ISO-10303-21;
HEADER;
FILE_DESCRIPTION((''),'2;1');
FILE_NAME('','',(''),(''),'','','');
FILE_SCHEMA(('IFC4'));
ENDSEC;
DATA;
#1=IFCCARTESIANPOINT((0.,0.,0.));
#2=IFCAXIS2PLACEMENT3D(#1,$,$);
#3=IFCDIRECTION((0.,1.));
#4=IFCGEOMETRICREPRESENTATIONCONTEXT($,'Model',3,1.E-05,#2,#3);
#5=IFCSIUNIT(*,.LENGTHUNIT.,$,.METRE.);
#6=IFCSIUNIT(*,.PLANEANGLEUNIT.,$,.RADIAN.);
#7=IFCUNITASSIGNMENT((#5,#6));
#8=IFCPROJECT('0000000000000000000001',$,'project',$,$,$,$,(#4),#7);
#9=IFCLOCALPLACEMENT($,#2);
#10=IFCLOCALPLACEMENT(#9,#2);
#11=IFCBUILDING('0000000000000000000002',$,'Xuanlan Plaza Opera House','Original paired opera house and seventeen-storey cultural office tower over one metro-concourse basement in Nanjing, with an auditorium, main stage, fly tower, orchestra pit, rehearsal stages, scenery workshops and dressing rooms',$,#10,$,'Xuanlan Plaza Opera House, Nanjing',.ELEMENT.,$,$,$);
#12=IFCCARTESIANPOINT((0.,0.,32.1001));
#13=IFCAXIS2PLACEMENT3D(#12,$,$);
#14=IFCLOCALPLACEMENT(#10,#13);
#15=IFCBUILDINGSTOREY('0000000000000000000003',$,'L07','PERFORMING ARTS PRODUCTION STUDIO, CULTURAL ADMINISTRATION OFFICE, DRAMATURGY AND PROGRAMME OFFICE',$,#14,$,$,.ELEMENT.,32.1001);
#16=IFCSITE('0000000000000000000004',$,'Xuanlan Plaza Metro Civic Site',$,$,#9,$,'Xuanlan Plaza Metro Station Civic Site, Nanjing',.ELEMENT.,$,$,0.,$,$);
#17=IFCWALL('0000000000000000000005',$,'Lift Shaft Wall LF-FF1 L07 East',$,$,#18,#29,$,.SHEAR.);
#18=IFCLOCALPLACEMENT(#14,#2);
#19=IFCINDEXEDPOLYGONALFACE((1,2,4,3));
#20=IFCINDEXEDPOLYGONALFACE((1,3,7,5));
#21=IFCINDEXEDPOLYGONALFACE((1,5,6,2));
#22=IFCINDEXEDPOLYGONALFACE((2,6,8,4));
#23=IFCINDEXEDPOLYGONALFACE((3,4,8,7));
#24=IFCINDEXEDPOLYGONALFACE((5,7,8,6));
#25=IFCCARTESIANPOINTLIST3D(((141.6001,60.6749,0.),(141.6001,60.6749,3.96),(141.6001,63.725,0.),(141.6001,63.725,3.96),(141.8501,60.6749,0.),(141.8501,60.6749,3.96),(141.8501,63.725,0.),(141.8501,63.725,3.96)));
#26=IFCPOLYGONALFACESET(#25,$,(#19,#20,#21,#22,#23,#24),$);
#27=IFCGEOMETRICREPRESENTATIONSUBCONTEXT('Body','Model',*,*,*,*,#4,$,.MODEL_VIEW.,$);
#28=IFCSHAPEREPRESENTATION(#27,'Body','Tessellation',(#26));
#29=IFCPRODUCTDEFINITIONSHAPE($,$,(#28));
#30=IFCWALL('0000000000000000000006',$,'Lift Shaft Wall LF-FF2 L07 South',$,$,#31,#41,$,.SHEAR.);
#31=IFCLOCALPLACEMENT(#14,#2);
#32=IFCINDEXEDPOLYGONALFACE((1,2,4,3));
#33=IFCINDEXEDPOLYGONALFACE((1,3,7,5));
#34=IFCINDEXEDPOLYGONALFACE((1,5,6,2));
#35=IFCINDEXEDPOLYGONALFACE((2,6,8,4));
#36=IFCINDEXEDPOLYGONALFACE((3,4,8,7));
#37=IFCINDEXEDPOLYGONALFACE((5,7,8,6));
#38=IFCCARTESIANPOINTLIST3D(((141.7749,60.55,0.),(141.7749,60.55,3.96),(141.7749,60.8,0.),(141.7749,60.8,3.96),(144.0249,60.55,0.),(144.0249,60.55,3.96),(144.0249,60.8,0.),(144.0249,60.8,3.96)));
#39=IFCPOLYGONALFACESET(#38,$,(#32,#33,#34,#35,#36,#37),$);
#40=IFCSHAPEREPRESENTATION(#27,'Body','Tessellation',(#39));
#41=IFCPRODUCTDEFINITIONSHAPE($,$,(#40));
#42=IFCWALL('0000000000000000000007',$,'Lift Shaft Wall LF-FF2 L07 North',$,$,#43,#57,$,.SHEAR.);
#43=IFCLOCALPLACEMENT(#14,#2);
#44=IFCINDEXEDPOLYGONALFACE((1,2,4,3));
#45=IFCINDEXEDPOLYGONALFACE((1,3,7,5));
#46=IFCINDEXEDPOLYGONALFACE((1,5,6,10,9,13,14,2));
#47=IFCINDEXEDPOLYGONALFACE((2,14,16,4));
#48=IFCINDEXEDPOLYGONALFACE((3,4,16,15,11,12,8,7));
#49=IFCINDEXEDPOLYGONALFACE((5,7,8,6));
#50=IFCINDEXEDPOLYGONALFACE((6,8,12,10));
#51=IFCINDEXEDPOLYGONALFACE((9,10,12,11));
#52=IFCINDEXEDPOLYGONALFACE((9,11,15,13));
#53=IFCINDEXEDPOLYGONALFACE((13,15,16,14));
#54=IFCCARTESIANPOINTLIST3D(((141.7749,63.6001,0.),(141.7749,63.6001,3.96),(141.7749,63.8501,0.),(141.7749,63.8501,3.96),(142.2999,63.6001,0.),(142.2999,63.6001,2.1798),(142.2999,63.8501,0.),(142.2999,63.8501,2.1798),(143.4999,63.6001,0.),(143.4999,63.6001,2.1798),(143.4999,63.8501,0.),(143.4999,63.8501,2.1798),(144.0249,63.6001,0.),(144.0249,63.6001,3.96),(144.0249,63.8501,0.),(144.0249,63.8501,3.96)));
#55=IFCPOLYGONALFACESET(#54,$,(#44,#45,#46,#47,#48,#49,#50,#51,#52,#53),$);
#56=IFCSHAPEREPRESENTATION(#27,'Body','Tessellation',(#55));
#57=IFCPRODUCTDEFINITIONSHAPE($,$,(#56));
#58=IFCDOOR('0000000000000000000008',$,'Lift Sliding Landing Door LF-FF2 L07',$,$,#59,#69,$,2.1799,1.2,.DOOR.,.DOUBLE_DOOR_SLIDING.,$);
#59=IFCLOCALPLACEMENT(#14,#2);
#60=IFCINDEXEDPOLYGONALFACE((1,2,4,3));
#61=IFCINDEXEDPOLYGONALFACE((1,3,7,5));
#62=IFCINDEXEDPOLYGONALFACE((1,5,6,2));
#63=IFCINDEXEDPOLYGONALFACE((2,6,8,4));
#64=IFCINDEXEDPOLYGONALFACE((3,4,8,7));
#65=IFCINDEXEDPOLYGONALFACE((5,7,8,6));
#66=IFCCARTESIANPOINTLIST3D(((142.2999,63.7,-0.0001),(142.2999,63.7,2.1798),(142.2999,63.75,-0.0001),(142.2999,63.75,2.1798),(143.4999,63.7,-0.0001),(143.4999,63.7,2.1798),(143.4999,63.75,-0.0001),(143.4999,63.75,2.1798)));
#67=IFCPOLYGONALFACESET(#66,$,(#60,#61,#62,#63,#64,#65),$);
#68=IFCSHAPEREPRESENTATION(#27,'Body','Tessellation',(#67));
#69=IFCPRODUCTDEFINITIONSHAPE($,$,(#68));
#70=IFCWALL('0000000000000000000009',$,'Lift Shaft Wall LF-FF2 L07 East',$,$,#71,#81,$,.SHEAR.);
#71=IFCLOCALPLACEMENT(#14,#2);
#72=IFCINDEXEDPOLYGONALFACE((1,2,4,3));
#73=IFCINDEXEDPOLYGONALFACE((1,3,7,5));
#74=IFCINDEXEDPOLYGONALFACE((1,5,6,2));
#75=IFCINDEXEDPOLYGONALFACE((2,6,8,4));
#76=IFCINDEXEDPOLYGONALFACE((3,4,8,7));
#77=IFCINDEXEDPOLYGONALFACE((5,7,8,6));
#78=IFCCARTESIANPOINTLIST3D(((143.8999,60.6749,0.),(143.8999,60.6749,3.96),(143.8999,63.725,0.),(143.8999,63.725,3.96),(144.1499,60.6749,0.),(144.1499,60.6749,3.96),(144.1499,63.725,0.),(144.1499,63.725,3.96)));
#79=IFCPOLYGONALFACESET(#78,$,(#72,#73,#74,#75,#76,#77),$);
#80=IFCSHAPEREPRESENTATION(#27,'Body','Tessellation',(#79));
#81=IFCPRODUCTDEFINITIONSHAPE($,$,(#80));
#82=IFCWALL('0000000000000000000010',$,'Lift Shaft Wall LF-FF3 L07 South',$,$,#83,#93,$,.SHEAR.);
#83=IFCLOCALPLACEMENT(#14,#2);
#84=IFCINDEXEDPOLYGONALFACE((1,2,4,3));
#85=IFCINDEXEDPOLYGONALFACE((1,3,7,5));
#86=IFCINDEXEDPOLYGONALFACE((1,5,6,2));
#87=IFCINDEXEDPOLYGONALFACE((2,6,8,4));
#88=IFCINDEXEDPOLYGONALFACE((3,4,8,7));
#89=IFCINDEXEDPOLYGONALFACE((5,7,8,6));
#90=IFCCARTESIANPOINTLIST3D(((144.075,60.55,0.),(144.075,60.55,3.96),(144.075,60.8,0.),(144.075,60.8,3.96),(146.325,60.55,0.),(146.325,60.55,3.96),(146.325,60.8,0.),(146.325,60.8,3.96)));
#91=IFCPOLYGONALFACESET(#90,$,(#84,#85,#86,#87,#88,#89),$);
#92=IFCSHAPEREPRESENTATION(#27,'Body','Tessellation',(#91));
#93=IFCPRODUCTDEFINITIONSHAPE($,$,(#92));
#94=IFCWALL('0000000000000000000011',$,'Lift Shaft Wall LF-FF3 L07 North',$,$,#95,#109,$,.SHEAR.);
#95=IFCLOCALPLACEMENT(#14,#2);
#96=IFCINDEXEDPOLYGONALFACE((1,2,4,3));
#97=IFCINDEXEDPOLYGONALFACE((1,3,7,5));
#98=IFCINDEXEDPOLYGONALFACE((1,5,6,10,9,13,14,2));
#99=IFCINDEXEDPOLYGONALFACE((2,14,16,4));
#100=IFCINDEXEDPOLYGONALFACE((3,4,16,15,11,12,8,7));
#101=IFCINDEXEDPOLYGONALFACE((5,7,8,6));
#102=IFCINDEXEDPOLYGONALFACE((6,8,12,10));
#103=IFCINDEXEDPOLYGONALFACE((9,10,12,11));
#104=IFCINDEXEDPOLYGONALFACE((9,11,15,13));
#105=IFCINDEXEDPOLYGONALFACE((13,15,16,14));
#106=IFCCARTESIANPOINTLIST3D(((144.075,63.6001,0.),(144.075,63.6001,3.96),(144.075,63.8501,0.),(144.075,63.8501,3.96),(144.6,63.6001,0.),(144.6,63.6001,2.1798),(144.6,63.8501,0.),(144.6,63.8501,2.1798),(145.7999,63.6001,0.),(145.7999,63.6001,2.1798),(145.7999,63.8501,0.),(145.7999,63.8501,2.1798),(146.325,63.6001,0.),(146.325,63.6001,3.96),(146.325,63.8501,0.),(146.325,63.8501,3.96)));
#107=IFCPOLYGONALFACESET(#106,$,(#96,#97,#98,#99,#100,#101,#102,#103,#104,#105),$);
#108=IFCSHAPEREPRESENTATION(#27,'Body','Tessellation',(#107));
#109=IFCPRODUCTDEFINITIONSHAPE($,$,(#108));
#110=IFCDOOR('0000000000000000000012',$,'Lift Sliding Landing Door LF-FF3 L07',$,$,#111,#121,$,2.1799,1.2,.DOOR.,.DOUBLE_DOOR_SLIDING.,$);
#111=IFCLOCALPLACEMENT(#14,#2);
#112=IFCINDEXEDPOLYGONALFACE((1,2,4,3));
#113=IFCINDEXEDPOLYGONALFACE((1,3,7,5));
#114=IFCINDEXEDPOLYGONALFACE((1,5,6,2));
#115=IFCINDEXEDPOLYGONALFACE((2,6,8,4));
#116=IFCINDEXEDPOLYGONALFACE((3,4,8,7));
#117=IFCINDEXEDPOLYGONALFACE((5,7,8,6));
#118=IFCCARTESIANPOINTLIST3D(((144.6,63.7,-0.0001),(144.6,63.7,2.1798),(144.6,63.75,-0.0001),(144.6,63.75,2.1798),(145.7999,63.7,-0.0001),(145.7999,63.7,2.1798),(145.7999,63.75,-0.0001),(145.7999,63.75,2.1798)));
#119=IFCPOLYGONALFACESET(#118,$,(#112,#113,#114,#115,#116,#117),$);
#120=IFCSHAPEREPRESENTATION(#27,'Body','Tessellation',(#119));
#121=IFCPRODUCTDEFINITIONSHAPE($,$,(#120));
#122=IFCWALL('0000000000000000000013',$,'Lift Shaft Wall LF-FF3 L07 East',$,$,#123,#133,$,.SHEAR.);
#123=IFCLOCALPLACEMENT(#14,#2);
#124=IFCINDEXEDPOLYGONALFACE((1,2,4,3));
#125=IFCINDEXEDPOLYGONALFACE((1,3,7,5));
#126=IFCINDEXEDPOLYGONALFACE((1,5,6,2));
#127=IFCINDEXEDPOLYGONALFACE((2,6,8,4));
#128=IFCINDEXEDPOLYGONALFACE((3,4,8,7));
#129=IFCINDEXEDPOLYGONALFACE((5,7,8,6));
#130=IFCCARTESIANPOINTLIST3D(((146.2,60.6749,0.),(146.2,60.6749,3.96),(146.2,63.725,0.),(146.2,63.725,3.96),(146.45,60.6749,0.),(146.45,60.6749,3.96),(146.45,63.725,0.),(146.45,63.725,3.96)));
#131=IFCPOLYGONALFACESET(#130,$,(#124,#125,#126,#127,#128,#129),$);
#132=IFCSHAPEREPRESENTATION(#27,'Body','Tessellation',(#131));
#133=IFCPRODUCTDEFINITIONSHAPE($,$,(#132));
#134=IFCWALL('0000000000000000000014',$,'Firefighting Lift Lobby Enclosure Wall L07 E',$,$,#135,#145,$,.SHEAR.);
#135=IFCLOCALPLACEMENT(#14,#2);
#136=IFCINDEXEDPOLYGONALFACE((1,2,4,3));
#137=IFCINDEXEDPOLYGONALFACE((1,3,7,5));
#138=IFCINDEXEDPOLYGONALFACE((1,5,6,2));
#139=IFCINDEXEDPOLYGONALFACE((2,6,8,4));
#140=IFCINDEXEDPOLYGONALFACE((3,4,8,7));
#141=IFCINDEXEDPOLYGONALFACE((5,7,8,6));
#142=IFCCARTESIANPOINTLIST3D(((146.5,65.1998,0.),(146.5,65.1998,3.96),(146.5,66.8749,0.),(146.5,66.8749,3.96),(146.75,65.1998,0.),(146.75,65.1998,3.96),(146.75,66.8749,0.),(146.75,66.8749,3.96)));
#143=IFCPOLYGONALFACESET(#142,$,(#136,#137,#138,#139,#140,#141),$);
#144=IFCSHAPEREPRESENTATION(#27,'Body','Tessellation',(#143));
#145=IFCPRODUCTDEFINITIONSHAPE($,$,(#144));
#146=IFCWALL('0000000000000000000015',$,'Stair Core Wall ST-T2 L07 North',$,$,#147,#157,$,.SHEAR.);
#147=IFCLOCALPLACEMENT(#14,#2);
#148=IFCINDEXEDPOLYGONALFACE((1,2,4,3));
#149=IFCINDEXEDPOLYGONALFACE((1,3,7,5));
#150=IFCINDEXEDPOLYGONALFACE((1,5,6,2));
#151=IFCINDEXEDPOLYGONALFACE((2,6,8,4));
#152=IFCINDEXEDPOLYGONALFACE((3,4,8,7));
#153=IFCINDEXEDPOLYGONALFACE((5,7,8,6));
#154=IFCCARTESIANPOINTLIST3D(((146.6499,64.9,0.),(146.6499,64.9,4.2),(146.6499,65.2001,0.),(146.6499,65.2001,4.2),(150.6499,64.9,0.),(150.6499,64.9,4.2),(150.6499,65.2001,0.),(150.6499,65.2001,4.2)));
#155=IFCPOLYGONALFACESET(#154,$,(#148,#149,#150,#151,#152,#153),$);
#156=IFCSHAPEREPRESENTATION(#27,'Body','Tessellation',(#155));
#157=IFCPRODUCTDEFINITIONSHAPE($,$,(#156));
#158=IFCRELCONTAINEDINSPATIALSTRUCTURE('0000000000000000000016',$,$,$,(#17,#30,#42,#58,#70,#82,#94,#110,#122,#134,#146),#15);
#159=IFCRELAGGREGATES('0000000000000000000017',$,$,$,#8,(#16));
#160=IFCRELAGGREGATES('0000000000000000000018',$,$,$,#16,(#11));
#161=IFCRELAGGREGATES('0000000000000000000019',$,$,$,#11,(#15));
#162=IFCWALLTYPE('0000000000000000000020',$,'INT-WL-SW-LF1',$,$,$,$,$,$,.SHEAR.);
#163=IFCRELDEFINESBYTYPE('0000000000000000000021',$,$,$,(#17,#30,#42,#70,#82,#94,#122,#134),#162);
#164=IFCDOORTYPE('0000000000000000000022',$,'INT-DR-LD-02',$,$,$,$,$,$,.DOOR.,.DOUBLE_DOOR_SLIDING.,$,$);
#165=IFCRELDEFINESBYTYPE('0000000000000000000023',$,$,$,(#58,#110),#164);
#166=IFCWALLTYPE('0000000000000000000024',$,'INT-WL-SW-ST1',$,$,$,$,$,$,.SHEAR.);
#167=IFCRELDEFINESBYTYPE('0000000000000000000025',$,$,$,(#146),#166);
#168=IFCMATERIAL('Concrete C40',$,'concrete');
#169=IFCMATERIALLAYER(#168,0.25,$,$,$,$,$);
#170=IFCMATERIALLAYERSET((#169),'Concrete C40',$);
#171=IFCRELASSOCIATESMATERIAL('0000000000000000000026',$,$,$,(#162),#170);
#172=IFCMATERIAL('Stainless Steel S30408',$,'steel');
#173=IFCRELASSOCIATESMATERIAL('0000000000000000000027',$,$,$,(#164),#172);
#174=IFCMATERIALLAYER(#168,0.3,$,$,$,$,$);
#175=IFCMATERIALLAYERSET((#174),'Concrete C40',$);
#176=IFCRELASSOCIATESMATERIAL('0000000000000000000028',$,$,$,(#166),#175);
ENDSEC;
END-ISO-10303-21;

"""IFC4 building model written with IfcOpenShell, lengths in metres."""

from ifc_helpers import new_model, si_unit, direction, frame, frame_2d, origin, place, context, subcontext, project, spatial, rectangle, extrude, material, layer, layer_set, type_object, element, fill, save


model = new_model("IFC4")

# Units and contexts
model_context = context("Model", 3, precision=1e-05, world=origin(), true_north=direction((0.0, 1.0)))
body_context = subcontext(model_context, "Body", "Model", "MODEL_VIEW")
ifc_project = project(units=[si_unit("LENGTHUNIT", "METRE"), si_unit("PLANEANGLEUNIT", "RADIAN")], contexts=[model_context])

# Site, building, storey
site_placement = place(None, origin())
site = spatial("IfcSite", under=ifc_project, at=site_placement, Name="Xuanlan Plaza Metro Civic Site", LongName="Xuanlan Plaza Metro Station Civic Site, Nanjing", CompositionType="ELEMENT", RefElevation=0.0)
building_placement = place(site_placement, origin())
building = spatial("IfcBuilding", under=site, at=building_placement, Name="Xuanlan Plaza Opera House", Description="Original paired opera house and seventeen-storey cultural office tower over one metro-concourse basement in Nanjing, with an auditorium, main stage, fly tower, orchestra pit, rehearsal stages, scenery workshops and dressing rooms", LongName="Xuanlan Plaza Opera House, Nanjing", CompositionType="ELEMENT")
storey_placement = place(building_placement, frame((0.0, 0.0, 32.1001)))
storey = spatial("IfcBuildingStorey", under=building, at=storey_placement, Name="L07", Description="PERFORMING ARTS PRODUCTION STUDIO, CULTURAL ADMINISTRATION OFFICE, DRAMATURGY AND PROGRAMME OFFICE", CompositionType="ELEMENT", Elevation=32.1001)

# Shared definitions
ifc_material_1 = material(Name="Concrete C40", Category="concrete")

# Walls
ifc_layer_1 = layer(ifc_material_1, 0.25)
ifc_layer_set_1 = layer_set([ifc_layer_1], Name="Concrete C40")
wall_type_1 = type_object("IfcWallType", Name="INT-WL-SW-LF1", PredefinedType="SHEAR", material=ifc_layer_set_1)
wall_1_placement = place(storey_placement, frame((141.7251, 60.675, 0.0), z_axis=(0.0, 0.0, 1.0), x_axis=(0.0, 1.0, 0.0)))
element("IfcWall", 1, at=wall_1_placement, inside=storey, type_object=wall_type_1, Name="Lift Shaft Wall LF-FF1 L07 East", PredefinedType="SHEAR", context=body_context, shape_type="SweptSolid", body=[
    extrude(rectangle(XDim=3.05, YDim=0.25, at=frame_2d((1.5249, 0.0))), origin(), (0.0, 0.0, 1.0), 3.96),
])
wall_2_placement = place(storey_placement, frame((141.7749, 60.675, 0.0), z_axis=(0.0, 0.0, 1.0), x_axis=(1.0, 0.0, 0.0)))
element("IfcWall", 2, at=wall_2_placement, inside=storey, type_object=wall_type_1, Name="Lift Shaft Wall LF-FF2 L07 South", PredefinedType="SHEAR", context=body_context, shape_type="SweptSolid", body=[
    extrude(rectangle(XDim=2.25, YDim=0.25, at=frame_2d((1.125, 0.0))), origin(), (0.0, 0.0, 1.0), 3.96),
])

# Wall, opening, door
wall_3_placement = place(storey_placement, frame((141.7749, 63.7251, 0.0), z_axis=(0.0, 0.0, 1.0), x_axis=(1.0, 0.0, 0.0)))
wall_3 = element("IfcWall", 3, at=wall_3_placement, inside=storey, type_object=wall_type_1, Name="Lift Shaft Wall LF-FF2 L07 North", PredefinedType="SHEAR", context=body_context, shape_type="SweptSolid", body=[
    extrude(rectangle(XDim=2.25, YDim=0.25, at=frame_2d((1.125, 0.0))), origin(), (0.0, 0.0, 1.0), 3.96),
])
opening_1_placement = place(wall_3_placement, frame((0.5249, 0.0, 0.0)))
opening_1 = element("IfcOpeningElement", 4, at=opening_1_placement, cuts=wall_3, PredefinedType="OPENING", context=body_context, shape_type="SweptSolid", body=[
    extrude(rectangle(XDim=1.2, YDim=2.1799, at=frame_2d((0.6001, 1.0898))), frame((0.0, 0.135, 0.0), z_axis=(0.0, -1.0, 0.0), x_axis=(1.0, 0.0, 0.0)), (0.0, 0.0, 1.0), 0.27),
])
ifc_material_2 = material(Name="Stainless Steel S30408", Category="steel")
door_type = type_object("IfcDoorType", Name="INT-DR-LD-02", OperationType="DOUBLE_DOOR_SLIDING", PredefinedType="DOOR", material=ifc_material_2)
door_1_placement = place(opening_1_placement, origin())
door_1 = element("IfcDoor", 5, at=door_1_placement, inside=storey, type_object=door_type, Name="Lift Sliding Landing Door LF-FF2 L07", OperationType="DOUBLE_DOOR_SLIDING", OverallHeight=2.1799, OverallWidth=1.2, PredefinedType="DOOR", context=body_context, shape_type="SweptSolid", body=[
    extrude(rectangle(XDim=1.2, YDim=2.1799, at=frame_2d((0.6001, 1.0898))), frame((0.0, 0.0249, 0.0), z_axis=(0.0, -1.0, 0.0), x_axis=(1.0, 0.0, 0.0)), (0.0, 0.0, 1.0), 0.05),
])
fill(opening_1, door_1)

# Walls
wall_4_placement = place(storey_placement, frame((144.0249, 60.675, 0.0), z_axis=(0.0, 0.0, 1.0), x_axis=(0.0, 1.0, 0.0)))
element("IfcWall", 6, at=wall_4_placement, inside=storey, type_object=wall_type_1, Name="Lift Shaft Wall LF-FF2 L07 East", PredefinedType="SHEAR", context=body_context, shape_type="SweptSolid", body=[
    extrude(rectangle(XDim=3.05, YDim=0.25, at=frame_2d((1.5249, 0.0))), origin(), (0.0, 0.0, 1.0), 3.96),
])
wall_5_placement = place(storey_placement, frame((144.075, 60.675, 0.0), z_axis=(0.0, 0.0, 1.0), x_axis=(1.0, 0.0, 0.0)))
element("IfcWall", 7, at=wall_5_placement, inside=storey, type_object=wall_type_1, Name="Lift Shaft Wall LF-FF3 L07 South", PredefinedType="SHEAR", context=body_context, shape_type="SweptSolid", body=[
    extrude(rectangle(XDim=2.25, YDim=0.25, at=frame_2d((1.125, 0.0))), origin(), (0.0, 0.0, 1.0), 3.96),
])

# Wall, opening, door
wall_6_placement = place(storey_placement, frame((144.075, 63.7251, 0.0), z_axis=(0.0, 0.0, 1.0), x_axis=(1.0, 0.0, 0.0)))
wall_6 = element("IfcWall", 8, at=wall_6_placement, inside=storey, type_object=wall_type_1, Name="Lift Shaft Wall LF-FF3 L07 North", PredefinedType="SHEAR", context=body_context, shape_type="SweptSolid", body=[
    extrude(rectangle(XDim=2.25, YDim=0.25, at=frame_2d((1.125, 0.0))), origin(), (0.0, 0.0, 1.0), 3.96),
])
opening_2_placement = place(wall_6_placement, frame((0.5249, 0.0, 0.0)))
opening_2 = element("IfcOpeningElement", 9, at=opening_2_placement, cuts=wall_6, PredefinedType="OPENING", context=body_context, shape_type="SweptSolid", body=[
    extrude(rectangle(XDim=1.2, YDim=2.1799, at=frame_2d((0.6001, 1.0898))), frame((0.0, 0.135, 0.0), z_axis=(0.0, -1.0, 0.0), x_axis=(1.0, 0.0, 0.0)), (0.0, 0.0, 1.0), 0.27),
])
door_2_placement = place(opening_2_placement, origin())
door_2 = element("IfcDoor", 10, at=door_2_placement, inside=storey, type_object=door_type, Name="Lift Sliding Landing Door LF-FF3 L07", OperationType="DOUBLE_DOOR_SLIDING", OverallHeight=2.1799, OverallWidth=1.2, PredefinedType="DOOR", context=body_context, shape_type="SweptSolid", body=[
    extrude(rectangle(XDim=1.2, YDim=2.1799, at=frame_2d((0.6001, 1.0898))), frame((0.0, 0.0249, 0.0), z_axis=(0.0, -1.0, 0.0), x_axis=(1.0, 0.0, 0.0)), (0.0, 0.0, 1.0), 0.05),
])
fill(opening_2, door_2)

# Walls
wall_7_placement = place(storey_placement, frame((146.325, 60.675, 0.0), z_axis=(0.0, 0.0, 1.0), x_axis=(0.0, 1.0, 0.0)))
element("IfcWall", 11, at=wall_7_placement, inside=storey, type_object=wall_type_1, Name="Lift Shaft Wall LF-FF3 L07 East", PredefinedType="SHEAR", context=body_context, shape_type="SweptSolid", body=[
    extrude(rectangle(XDim=3.05, YDim=0.25, at=frame_2d((1.5249, 0.0))), origin(), (0.0, 0.0, 1.0), 3.96),
])
wall_8_placement = place(storey_placement, frame((146.625, 65.2, 0.0), z_axis=(0.0, 0.0, 1.0), x_axis=(0.0, 1.0, 0.0)))
element("IfcWall", 12, at=wall_8_placement, inside=storey, type_object=wall_type_1, Name="Firefighting Lift Lobby Enclosure Wall L07 E", PredefinedType="SHEAR", context=body_context, shape_type="SweptSolid", body=[
    extrude(rectangle(XDim=1.675, YDim=0.25, at=frame_2d((0.8374, 0.0))), origin(), (0.0, 0.0, 1.0), 3.96),
])
ifc_layer_2 = layer(ifc_material_1, 0.3)
ifc_layer_set_2 = layer_set([ifc_layer_2], Name="Concrete C40")
wall_type_2 = type_object("IfcWallType", Name="INT-WL-SW-ST1", PredefinedType="SHEAR", material=ifc_layer_set_2)
wall_9_placement = place(storey_placement, frame((146.6499, 65.05, 0.0), z_axis=(0.0, 0.0, 1.0), x_axis=(1.0, 0.0, 0.0)))
element("IfcWall", 13, at=wall_9_placement, inside=storey, type_object=wall_type_2, Name="Stair Core Wall ST-T2 L07 North", PredefinedType="SHEAR", context=body_context, shape_type="SweptSolid", body=[
    extrude(rectangle(XDim=4.0, YDim=0.3, at=frame_2d((2.0, 0.0))), origin(), (0.0, 0.0, 1.0), 4.2),
])

save(model, "model.ifc")
